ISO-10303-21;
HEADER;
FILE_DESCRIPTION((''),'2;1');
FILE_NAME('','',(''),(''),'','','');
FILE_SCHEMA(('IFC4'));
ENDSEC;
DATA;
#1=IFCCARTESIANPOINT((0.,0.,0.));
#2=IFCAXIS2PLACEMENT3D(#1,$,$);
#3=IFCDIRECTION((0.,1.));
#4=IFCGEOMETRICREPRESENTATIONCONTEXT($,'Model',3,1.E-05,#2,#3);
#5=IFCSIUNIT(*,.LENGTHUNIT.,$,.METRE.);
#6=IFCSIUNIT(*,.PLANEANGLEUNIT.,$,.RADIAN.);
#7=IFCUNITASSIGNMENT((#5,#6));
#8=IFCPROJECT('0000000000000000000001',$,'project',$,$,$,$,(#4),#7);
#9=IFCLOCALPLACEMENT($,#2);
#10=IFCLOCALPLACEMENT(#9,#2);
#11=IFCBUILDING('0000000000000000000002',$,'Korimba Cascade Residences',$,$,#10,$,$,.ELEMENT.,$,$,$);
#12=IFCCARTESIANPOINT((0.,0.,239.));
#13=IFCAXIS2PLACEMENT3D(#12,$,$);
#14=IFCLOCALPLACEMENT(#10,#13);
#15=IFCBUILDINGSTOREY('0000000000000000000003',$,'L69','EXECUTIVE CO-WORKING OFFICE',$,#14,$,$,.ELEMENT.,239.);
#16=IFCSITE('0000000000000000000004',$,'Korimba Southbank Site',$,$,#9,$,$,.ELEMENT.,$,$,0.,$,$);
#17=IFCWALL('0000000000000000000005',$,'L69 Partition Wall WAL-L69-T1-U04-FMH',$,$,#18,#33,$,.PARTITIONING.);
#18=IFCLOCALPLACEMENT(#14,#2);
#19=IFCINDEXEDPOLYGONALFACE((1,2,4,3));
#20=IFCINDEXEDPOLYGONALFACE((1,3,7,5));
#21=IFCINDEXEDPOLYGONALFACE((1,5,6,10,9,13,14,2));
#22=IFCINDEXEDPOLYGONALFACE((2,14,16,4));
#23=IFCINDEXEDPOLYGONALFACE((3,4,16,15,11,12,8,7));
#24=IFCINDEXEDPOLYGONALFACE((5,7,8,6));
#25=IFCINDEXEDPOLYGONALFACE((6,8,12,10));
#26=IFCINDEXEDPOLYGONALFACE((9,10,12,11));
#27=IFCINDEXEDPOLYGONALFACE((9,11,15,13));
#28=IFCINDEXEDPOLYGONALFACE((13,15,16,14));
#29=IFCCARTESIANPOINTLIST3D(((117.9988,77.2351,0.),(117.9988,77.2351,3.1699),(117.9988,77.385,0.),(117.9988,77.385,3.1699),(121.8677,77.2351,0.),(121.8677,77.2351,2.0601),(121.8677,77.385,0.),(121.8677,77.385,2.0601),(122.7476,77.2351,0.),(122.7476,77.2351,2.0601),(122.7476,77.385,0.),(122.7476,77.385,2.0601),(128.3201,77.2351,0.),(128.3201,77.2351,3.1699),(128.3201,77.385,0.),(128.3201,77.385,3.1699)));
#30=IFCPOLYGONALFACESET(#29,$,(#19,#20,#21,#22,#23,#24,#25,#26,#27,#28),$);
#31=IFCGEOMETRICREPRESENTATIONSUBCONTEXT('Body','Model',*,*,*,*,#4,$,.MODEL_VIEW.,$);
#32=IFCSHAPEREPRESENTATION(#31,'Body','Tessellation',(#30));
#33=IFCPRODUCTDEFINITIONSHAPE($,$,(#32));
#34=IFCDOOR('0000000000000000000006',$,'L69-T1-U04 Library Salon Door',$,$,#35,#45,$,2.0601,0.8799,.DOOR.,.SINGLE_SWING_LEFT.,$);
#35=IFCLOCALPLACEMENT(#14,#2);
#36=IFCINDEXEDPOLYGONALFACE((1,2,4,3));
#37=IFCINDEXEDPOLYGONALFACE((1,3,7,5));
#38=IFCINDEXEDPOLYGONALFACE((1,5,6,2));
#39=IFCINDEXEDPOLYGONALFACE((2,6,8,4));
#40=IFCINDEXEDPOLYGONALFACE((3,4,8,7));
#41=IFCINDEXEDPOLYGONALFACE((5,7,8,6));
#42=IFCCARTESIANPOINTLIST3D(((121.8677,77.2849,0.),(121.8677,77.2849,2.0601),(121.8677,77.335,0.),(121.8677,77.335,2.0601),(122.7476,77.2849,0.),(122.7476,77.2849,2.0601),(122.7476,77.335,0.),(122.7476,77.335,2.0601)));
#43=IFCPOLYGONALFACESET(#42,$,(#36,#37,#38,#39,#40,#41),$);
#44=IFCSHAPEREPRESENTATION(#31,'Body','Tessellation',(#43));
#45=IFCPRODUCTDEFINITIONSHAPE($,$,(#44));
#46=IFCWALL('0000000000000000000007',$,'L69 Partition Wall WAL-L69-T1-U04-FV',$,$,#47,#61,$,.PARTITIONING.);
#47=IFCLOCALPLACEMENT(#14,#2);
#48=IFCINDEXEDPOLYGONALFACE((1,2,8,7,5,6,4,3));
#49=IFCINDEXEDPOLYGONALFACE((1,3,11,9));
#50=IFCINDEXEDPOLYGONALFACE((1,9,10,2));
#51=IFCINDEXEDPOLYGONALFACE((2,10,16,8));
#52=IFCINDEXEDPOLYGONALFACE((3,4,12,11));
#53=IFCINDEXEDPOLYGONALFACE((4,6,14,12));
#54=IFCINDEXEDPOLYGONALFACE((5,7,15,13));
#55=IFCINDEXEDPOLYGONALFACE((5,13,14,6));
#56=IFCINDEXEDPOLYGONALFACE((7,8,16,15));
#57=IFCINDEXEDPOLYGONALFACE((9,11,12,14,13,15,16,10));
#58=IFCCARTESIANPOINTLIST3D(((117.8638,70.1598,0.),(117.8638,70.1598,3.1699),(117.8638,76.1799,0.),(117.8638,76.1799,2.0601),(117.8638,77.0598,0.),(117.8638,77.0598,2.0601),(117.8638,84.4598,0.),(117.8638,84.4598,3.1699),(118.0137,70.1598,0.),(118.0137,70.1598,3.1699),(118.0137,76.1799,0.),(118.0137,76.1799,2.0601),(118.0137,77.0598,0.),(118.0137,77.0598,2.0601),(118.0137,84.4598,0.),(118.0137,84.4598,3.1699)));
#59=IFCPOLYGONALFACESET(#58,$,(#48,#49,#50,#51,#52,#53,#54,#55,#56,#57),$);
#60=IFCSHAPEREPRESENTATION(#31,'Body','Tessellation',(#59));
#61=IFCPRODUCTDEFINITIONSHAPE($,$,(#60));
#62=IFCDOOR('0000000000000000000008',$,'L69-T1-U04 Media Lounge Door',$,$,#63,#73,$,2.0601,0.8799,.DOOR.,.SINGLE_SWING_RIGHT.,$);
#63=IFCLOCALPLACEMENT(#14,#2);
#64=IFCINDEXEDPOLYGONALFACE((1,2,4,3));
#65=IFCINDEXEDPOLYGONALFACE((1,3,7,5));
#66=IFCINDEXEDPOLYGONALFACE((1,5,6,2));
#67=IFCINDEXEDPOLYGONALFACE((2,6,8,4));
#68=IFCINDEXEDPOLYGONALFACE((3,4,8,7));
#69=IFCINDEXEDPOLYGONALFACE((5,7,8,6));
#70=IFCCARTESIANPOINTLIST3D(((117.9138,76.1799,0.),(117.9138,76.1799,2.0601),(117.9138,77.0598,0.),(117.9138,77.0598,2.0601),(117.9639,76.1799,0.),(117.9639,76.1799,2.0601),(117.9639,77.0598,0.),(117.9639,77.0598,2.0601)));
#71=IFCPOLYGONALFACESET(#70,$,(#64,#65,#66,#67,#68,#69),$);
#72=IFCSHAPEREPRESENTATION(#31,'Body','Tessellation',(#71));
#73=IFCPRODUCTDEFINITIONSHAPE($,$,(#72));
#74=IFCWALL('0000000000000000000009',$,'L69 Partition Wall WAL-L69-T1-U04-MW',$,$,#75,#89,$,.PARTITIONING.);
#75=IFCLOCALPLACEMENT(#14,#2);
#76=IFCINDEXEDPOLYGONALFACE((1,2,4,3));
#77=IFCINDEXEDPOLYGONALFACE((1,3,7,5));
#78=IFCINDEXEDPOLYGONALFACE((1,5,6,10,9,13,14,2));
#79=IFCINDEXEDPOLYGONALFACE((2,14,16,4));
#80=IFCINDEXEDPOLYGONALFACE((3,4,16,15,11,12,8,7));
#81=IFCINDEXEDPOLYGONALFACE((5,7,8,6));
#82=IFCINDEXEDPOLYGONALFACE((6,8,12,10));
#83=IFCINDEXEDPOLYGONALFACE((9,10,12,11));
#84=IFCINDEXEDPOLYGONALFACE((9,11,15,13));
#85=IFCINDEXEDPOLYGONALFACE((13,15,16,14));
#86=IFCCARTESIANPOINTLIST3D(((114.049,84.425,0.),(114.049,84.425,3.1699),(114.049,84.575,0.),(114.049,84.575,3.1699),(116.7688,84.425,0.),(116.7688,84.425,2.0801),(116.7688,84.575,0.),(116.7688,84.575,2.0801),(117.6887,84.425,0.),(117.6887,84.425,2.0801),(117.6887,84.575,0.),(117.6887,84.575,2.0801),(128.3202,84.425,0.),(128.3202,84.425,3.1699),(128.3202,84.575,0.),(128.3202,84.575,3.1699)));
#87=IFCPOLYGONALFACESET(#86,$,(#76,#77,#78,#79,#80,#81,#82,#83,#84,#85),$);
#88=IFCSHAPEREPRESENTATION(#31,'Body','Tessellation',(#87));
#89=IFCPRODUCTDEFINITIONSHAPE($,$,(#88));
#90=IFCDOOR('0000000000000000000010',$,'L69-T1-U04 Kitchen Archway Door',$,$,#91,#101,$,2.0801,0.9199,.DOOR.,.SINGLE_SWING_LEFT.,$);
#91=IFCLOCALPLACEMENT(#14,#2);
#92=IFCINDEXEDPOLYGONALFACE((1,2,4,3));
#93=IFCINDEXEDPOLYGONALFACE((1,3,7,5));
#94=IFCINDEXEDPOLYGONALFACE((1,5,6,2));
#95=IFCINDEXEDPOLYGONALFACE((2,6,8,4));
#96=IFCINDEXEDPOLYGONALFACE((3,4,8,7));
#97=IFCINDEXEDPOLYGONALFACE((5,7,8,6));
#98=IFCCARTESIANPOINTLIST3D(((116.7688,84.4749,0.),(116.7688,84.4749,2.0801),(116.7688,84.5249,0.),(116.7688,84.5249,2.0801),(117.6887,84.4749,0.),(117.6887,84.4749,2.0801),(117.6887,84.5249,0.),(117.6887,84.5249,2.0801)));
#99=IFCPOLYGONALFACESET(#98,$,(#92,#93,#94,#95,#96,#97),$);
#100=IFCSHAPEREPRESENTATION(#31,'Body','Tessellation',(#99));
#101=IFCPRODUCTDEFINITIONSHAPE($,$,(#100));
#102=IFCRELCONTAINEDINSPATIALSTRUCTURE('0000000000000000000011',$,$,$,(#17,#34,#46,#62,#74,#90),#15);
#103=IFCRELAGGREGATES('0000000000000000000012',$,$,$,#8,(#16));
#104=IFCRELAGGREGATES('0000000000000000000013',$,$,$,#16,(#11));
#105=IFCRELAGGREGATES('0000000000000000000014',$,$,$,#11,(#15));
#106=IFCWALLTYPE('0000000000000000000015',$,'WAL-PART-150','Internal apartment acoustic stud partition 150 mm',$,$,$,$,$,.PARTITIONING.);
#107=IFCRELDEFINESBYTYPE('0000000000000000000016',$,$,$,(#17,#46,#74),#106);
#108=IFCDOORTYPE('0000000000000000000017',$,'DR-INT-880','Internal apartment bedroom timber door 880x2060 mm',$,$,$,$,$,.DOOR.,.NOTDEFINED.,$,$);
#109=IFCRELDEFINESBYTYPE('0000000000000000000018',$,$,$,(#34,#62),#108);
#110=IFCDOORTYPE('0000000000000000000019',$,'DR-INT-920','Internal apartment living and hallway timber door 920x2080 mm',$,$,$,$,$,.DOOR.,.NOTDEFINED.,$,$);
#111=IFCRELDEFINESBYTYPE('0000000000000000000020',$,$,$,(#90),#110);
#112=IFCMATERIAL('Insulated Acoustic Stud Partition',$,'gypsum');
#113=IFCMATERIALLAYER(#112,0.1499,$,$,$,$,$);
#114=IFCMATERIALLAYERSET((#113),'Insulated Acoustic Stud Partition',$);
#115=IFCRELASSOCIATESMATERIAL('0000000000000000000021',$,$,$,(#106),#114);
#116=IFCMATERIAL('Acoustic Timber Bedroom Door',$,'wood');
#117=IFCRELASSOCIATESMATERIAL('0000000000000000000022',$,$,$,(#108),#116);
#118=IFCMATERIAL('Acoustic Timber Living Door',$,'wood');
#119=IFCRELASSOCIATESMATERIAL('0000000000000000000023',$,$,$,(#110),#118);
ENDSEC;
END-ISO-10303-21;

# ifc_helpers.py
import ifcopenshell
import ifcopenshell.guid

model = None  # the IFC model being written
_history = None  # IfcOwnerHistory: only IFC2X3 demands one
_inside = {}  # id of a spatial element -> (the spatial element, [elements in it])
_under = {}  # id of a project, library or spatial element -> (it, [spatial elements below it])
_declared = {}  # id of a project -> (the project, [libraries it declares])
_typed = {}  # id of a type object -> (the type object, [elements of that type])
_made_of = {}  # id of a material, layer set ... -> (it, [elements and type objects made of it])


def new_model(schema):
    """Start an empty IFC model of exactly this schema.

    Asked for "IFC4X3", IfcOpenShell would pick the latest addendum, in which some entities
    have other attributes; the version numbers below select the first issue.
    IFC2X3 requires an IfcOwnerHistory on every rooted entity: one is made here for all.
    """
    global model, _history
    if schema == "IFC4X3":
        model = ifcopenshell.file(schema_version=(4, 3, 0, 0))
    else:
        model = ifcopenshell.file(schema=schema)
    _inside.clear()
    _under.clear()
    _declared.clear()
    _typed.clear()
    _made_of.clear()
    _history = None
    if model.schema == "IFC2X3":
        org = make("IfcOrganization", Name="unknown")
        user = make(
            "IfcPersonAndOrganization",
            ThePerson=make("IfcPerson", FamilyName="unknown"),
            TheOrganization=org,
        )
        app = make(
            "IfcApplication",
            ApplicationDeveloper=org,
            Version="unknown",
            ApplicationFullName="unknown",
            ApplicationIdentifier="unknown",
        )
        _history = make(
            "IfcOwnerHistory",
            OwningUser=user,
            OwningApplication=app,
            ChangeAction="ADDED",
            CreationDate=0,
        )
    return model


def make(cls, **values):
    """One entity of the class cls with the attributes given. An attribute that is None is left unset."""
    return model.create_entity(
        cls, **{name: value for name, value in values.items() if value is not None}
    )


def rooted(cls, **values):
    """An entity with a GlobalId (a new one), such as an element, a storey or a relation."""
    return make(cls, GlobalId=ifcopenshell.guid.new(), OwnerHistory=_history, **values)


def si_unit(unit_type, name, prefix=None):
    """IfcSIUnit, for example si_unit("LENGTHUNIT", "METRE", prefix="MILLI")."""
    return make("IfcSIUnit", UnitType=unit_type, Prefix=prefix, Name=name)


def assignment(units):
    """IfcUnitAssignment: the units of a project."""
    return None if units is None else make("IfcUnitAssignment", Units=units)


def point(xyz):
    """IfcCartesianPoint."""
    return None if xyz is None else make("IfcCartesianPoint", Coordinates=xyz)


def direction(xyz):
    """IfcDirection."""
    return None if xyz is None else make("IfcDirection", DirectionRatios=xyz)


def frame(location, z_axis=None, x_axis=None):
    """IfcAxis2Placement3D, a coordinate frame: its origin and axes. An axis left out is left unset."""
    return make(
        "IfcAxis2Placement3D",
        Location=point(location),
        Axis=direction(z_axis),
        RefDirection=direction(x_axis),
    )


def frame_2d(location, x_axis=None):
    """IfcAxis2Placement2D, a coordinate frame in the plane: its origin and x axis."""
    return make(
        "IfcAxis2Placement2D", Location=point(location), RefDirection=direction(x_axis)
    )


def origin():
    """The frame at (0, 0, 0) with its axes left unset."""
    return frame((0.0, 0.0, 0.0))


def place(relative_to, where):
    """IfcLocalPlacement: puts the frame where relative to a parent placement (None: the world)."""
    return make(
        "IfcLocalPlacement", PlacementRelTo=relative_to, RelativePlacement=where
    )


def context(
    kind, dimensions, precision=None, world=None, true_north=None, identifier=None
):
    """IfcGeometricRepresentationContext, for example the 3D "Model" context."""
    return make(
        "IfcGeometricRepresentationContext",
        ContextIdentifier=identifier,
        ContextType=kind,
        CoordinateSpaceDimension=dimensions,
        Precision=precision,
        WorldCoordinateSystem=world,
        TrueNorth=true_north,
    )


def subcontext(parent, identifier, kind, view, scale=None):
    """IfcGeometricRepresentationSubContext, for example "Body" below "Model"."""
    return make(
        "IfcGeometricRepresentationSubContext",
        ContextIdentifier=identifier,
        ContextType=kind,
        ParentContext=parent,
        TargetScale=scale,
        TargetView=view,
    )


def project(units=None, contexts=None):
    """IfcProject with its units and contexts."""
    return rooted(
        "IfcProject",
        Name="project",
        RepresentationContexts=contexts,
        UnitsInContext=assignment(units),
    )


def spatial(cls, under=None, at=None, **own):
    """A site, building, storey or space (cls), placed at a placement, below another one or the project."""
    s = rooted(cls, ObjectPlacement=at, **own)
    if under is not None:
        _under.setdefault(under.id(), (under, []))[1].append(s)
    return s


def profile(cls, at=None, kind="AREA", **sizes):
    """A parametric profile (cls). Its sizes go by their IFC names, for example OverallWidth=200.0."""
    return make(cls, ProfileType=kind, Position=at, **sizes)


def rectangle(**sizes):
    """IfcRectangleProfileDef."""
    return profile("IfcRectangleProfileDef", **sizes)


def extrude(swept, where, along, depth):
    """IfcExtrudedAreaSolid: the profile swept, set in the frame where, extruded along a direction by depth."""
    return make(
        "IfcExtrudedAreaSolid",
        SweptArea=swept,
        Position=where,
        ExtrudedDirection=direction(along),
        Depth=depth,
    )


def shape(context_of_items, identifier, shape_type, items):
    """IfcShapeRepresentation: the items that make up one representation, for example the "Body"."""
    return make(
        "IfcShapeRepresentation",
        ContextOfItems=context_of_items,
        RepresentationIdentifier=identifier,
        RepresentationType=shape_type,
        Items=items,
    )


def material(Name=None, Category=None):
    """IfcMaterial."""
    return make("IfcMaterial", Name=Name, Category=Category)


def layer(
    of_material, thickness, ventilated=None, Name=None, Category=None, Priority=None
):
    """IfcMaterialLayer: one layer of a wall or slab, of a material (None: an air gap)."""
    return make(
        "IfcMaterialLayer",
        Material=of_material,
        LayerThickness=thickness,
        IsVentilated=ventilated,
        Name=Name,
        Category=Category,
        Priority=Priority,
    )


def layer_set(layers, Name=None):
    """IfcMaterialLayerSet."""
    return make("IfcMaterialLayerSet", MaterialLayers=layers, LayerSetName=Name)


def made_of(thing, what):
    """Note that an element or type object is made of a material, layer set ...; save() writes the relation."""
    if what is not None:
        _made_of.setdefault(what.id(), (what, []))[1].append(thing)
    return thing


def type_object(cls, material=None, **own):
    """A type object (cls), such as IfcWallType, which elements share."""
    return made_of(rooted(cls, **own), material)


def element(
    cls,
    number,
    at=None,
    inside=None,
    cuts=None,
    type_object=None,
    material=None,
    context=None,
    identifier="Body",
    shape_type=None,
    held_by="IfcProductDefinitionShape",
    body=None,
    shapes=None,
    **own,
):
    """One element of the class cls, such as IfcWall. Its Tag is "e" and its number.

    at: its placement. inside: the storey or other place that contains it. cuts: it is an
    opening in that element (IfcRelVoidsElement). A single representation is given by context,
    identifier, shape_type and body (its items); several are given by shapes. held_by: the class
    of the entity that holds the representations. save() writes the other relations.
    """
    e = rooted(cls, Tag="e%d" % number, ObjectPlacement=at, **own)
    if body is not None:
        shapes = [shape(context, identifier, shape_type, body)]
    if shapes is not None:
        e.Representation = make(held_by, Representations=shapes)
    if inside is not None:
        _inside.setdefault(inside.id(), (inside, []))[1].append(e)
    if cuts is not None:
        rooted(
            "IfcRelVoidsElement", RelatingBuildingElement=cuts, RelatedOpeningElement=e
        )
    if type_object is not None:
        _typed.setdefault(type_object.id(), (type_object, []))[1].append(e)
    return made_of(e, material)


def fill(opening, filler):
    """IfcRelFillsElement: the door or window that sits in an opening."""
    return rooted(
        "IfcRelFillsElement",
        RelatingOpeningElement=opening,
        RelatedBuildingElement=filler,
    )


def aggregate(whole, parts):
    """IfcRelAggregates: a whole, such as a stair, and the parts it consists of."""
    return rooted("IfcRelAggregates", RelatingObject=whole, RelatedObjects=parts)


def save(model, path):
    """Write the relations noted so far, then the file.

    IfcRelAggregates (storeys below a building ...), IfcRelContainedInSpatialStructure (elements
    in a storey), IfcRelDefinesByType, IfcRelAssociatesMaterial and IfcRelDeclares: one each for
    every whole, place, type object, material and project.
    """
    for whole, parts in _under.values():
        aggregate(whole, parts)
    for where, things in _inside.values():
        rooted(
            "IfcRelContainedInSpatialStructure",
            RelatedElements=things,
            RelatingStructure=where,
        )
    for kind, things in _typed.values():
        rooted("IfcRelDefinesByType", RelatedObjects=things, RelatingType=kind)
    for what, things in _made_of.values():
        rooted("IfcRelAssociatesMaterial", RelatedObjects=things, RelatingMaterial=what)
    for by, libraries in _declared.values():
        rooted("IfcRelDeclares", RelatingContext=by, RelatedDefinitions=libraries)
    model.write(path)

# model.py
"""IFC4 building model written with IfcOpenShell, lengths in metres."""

from ifc_helpers import new_model, si_unit, direction, frame, frame_2d, origin, place, context, subcontext, project, spatial, rectangle, extrude, material, layer, layer_set, type_object, element, fill, save


model = new_model("IFC4")

# Units and contexts
model_context = context("Model", 3, precision=1e-05, world=origin(), true_north=direction((0.0, 1.0)))
body_context = subcontext(model_context, "Body", "Model", "MODEL_VIEW")
ifc_project = project(units=[si_unit("LENGTHUNIT", "METRE"), si_unit("PLANEANGLEUNIT", "RADIAN")], contexts=[model_context])

# Site, building, storey
site_placement = place(None, origin())
site = spatial("IfcSite", under=ifc_project, at=site_placement, Name="Korimba Southbank Site", CompositionType="ELEMENT", RefElevation=0.0)
building_placement = place(site_placement, origin())
building = spatial("IfcBuilding", under=site, at=building_placement, Name="Korimba Cascade Residences", CompositionType="ELEMENT")
storey_placement = place(building_placement, frame((0.0, 0.0, 239.0)))
storey = spatial("IfcBuildingStorey", under=building, at=storey_placement, Name="L69", Description="EXECUTIVE CO-WORKING OFFICE", CompositionType="ELEMENT", Elevation=239.0)

# Walls, openings, doors
ifc_material_1 = material(Name="Insulated Acoustic Stud Partition", Category="gypsum")
ifc_layer_1 = layer(ifc_material_1, 0.1499)
ifc_layer_set_1 = layer_set([ifc_layer_1], Name="Insulated Acoustic Stud Partition")
wall_type_1 = type_object("IfcWallType", Name="WAL-PART-150", Description="Internal apartment acoustic stud partition 150 mm", PredefinedType="PARTITIONING", material=ifc_layer_set_1)
wall_1_placement = place(storey_placement, frame((117.9988, 77.3101, 0.0), z_axis=(0.0, 0.0, 1.0), x_axis=(1.0, 0.0, 0.0)))
wall_1 = element("IfcWall", 1, at=wall_1_placement, inside=storey, type_object=wall_type_1, Name="L69 Partition Wall WAL-L69-T1-U04-FMH", PredefinedType="PARTITIONING", context=body_context, shape_type="SweptSolid", body=[
    extrude(rectangle(XDim=10.3213, YDim=0.1499, at=frame_2d((5.1606, 0.0))), origin(), (0.0, 0.0, 1.0), 3.1699),
])
opening_1_placement = place(wall_1_placement, frame((3.8689, 0.0, 0.0)))
opening_1 = element("IfcOpeningElement", 2, at=opening_1_placement, cuts=wall_1, PredefinedType="OPENING", context=body_context, shape_type="SweptSolid", body=[
    extrude(rectangle(XDim=0.8799, YDim=2.0601, at=frame_2d((0.4399, 1.03))), frame((0.0, 0.085, 0.0), z_axis=(0.0, -1.0, 0.0), x_axis=(1.0, 0.0, 0.0)), (0.0, 0.0, 1.0), 0.1699),
])
ifc_material_2 = material(Name="Acoustic Timber Bedroom Door", Category="wood")
door_type_1 = type_object("IfcDoorType", Name="DR-INT-880", Description="Internal apartment bedroom timber door 880x2060 mm", OperationType="NOTDEFINED", PredefinedType="DOOR", material=ifc_material_2)
door_1_placement = place(opening_1_placement, origin())
door_1 = element("IfcDoor", 3, at=door_1_placement, inside=storey, type_object=door_type_1, Name="L69-T1-U04 Library Salon Door", OperationType="SINGLE_SWING_LEFT", OverallHeight=2.0601, OverallWidth=0.8799, PredefinedType="DOOR", context=body_context, shape_type="SweptSolid", body=[
    extrude(rectangle(XDim=0.8799, YDim=2.0601, at=frame_2d((0.4399, 1.03))), frame((0.0, 0.0249, 0.0), z_axis=(0.0, -1.0, 0.0), x_axis=(1.0, 0.0, 0.0)), (0.0, 0.0, 1.0), 0.05),
])
fill(opening_1, door_1)
wall_2_placement = place(storey_placement, frame((117.9387, 70.1599, 0.0), z_axis=(0.0, 0.0, 1.0), x_axis=(0.0, 1.0, 0.0)))
wall_2 = element("IfcWall", 4, at=wall_2_placement, inside=storey, type_object=wall_type_1, Name="L69 Partition Wall WAL-L69-T1-U04-FV", PredefinedType="PARTITIONING", context=body_context, shape_type="SweptSolid", body=[
    extrude(rectangle(XDim=14.3, YDim=0.1499, at=frame_2d((7.1499, 0.0))), origin(), (0.0, 0.0, 1.0), 3.1699),
])
opening_2_placement = place(wall_2_placement, frame((6.02, 0.0, 0.0)))
opening_2 = element("IfcOpeningElement", 5, at=opening_2_placement, cuts=wall_2, PredefinedType="OPENING", context=body_context, shape_type="SweptSolid", body=[
    extrude(rectangle(XDim=0.8799, YDim=2.0601, at=frame_2d((0.4399, 1.03))), frame((0.0, 0.085, 0.0), z_axis=(0.0, -1.0, 0.0), x_axis=(1.0, 0.0, 0.0)), (0.0, 0.0, 1.0), 0.1699),
])
door_2_placement = place(opening_2_placement, origin())
door_2 = element("IfcDoor", 6, at=door_2_placement, inside=storey, type_object=door_type_1, Name="L69-T1-U04 Media Lounge Door", OperationType="SINGLE_SWING_RIGHT", OverallHeight=2.0601, OverallWidth=0.8799, PredefinedType="DOOR", context=body_context, shape_type="SweptSolid", body=[
    extrude(rectangle(XDim=0.8799, YDim=2.0601, at=frame_2d((0.4399, 1.03))), frame((0.0, 0.0249, 0.0), z_axis=(0.0, -1.0, 0.0), x_axis=(1.0, 0.0, 0.0)), (0.0, 0.0, 1.0), 0.05),
])
fill(opening_2, door_2)
wall_3_placement = place(storey_placement, frame((114.0488, 84.5, 0.0), z_axis=(0.0, 0.0, 1.0), x_axis=(1.0, 0.0, 0.0)))
wall_3 = element("IfcWall", 7, at=wall_3_placement, inside=storey, type_object=wall_type_1, Name="L69 Partition Wall WAL-L69-T1-U04-MW", PredefinedType="PARTITIONING", context=body_context, shape_type="SweptSolid", body=[
    extrude(rectangle(XDim=14.2712, YDim=0.1499, at=frame_2d((7.1357, 0.0))), origin(), (0.0, 0.0, 1.0), 3.1699),
])
opening_3_placement = place(wall_3_placement, frame((2.72, 0.0, 0.0)))
opening_3 = element("IfcOpeningElement", 8, at=opening_3_placement, cuts=wall_3, PredefinedType="OPENING", context=body_context, shape_type="SweptSolid", body=[
    extrude(rectangle(XDim=0.9199, YDim=2.0801, at=frame_2d((0.46, 1.04))), frame((0.0, 0.085, 0.0), z_axis=(0.0, -1.0, 0.0), x_axis=(1.0, 0.0, 0.0)), (0.0, 0.0, 1.0), 0.1699),
])
ifc_material_3 = material(Name="Acoustic Timber Living Door", Category="wood")
door_type_2 = type_object("IfcDoorType", Name="DR-INT-920", Description="Internal apartment living and hallway timber door 920x2080 mm", OperationType="NOTDEFINED", PredefinedType="DOOR", material=ifc_material_3)
door_3_placement = place(opening_3_placement, origin())
door_3 = element("IfcDoor", 9, at=door_3_placement, inside=storey, type_object=door_type_2, Name="L69-T1-U04 Kitchen Archway Door", OperationType="SINGLE_SWING_LEFT", OverallHeight=2.0801, OverallWidth=0.9199, PredefinedType="DOOR", context=body_context, shape_type="SweptSolid", body=[
    extrude(rectangle(XDim=0.9199, YDim=2.0801, at=frame_2d((0.46, 1.04))), frame((0.0, 0.0249, 0.0), z_axis=(0.0, -1.0, 0.0), x_axis=(1.0, 0.0, 0.0)), (0.0, 0.0, 1.0), 0.05),
])
fill(opening_3, door_3)

save(model, "model.ifc")
